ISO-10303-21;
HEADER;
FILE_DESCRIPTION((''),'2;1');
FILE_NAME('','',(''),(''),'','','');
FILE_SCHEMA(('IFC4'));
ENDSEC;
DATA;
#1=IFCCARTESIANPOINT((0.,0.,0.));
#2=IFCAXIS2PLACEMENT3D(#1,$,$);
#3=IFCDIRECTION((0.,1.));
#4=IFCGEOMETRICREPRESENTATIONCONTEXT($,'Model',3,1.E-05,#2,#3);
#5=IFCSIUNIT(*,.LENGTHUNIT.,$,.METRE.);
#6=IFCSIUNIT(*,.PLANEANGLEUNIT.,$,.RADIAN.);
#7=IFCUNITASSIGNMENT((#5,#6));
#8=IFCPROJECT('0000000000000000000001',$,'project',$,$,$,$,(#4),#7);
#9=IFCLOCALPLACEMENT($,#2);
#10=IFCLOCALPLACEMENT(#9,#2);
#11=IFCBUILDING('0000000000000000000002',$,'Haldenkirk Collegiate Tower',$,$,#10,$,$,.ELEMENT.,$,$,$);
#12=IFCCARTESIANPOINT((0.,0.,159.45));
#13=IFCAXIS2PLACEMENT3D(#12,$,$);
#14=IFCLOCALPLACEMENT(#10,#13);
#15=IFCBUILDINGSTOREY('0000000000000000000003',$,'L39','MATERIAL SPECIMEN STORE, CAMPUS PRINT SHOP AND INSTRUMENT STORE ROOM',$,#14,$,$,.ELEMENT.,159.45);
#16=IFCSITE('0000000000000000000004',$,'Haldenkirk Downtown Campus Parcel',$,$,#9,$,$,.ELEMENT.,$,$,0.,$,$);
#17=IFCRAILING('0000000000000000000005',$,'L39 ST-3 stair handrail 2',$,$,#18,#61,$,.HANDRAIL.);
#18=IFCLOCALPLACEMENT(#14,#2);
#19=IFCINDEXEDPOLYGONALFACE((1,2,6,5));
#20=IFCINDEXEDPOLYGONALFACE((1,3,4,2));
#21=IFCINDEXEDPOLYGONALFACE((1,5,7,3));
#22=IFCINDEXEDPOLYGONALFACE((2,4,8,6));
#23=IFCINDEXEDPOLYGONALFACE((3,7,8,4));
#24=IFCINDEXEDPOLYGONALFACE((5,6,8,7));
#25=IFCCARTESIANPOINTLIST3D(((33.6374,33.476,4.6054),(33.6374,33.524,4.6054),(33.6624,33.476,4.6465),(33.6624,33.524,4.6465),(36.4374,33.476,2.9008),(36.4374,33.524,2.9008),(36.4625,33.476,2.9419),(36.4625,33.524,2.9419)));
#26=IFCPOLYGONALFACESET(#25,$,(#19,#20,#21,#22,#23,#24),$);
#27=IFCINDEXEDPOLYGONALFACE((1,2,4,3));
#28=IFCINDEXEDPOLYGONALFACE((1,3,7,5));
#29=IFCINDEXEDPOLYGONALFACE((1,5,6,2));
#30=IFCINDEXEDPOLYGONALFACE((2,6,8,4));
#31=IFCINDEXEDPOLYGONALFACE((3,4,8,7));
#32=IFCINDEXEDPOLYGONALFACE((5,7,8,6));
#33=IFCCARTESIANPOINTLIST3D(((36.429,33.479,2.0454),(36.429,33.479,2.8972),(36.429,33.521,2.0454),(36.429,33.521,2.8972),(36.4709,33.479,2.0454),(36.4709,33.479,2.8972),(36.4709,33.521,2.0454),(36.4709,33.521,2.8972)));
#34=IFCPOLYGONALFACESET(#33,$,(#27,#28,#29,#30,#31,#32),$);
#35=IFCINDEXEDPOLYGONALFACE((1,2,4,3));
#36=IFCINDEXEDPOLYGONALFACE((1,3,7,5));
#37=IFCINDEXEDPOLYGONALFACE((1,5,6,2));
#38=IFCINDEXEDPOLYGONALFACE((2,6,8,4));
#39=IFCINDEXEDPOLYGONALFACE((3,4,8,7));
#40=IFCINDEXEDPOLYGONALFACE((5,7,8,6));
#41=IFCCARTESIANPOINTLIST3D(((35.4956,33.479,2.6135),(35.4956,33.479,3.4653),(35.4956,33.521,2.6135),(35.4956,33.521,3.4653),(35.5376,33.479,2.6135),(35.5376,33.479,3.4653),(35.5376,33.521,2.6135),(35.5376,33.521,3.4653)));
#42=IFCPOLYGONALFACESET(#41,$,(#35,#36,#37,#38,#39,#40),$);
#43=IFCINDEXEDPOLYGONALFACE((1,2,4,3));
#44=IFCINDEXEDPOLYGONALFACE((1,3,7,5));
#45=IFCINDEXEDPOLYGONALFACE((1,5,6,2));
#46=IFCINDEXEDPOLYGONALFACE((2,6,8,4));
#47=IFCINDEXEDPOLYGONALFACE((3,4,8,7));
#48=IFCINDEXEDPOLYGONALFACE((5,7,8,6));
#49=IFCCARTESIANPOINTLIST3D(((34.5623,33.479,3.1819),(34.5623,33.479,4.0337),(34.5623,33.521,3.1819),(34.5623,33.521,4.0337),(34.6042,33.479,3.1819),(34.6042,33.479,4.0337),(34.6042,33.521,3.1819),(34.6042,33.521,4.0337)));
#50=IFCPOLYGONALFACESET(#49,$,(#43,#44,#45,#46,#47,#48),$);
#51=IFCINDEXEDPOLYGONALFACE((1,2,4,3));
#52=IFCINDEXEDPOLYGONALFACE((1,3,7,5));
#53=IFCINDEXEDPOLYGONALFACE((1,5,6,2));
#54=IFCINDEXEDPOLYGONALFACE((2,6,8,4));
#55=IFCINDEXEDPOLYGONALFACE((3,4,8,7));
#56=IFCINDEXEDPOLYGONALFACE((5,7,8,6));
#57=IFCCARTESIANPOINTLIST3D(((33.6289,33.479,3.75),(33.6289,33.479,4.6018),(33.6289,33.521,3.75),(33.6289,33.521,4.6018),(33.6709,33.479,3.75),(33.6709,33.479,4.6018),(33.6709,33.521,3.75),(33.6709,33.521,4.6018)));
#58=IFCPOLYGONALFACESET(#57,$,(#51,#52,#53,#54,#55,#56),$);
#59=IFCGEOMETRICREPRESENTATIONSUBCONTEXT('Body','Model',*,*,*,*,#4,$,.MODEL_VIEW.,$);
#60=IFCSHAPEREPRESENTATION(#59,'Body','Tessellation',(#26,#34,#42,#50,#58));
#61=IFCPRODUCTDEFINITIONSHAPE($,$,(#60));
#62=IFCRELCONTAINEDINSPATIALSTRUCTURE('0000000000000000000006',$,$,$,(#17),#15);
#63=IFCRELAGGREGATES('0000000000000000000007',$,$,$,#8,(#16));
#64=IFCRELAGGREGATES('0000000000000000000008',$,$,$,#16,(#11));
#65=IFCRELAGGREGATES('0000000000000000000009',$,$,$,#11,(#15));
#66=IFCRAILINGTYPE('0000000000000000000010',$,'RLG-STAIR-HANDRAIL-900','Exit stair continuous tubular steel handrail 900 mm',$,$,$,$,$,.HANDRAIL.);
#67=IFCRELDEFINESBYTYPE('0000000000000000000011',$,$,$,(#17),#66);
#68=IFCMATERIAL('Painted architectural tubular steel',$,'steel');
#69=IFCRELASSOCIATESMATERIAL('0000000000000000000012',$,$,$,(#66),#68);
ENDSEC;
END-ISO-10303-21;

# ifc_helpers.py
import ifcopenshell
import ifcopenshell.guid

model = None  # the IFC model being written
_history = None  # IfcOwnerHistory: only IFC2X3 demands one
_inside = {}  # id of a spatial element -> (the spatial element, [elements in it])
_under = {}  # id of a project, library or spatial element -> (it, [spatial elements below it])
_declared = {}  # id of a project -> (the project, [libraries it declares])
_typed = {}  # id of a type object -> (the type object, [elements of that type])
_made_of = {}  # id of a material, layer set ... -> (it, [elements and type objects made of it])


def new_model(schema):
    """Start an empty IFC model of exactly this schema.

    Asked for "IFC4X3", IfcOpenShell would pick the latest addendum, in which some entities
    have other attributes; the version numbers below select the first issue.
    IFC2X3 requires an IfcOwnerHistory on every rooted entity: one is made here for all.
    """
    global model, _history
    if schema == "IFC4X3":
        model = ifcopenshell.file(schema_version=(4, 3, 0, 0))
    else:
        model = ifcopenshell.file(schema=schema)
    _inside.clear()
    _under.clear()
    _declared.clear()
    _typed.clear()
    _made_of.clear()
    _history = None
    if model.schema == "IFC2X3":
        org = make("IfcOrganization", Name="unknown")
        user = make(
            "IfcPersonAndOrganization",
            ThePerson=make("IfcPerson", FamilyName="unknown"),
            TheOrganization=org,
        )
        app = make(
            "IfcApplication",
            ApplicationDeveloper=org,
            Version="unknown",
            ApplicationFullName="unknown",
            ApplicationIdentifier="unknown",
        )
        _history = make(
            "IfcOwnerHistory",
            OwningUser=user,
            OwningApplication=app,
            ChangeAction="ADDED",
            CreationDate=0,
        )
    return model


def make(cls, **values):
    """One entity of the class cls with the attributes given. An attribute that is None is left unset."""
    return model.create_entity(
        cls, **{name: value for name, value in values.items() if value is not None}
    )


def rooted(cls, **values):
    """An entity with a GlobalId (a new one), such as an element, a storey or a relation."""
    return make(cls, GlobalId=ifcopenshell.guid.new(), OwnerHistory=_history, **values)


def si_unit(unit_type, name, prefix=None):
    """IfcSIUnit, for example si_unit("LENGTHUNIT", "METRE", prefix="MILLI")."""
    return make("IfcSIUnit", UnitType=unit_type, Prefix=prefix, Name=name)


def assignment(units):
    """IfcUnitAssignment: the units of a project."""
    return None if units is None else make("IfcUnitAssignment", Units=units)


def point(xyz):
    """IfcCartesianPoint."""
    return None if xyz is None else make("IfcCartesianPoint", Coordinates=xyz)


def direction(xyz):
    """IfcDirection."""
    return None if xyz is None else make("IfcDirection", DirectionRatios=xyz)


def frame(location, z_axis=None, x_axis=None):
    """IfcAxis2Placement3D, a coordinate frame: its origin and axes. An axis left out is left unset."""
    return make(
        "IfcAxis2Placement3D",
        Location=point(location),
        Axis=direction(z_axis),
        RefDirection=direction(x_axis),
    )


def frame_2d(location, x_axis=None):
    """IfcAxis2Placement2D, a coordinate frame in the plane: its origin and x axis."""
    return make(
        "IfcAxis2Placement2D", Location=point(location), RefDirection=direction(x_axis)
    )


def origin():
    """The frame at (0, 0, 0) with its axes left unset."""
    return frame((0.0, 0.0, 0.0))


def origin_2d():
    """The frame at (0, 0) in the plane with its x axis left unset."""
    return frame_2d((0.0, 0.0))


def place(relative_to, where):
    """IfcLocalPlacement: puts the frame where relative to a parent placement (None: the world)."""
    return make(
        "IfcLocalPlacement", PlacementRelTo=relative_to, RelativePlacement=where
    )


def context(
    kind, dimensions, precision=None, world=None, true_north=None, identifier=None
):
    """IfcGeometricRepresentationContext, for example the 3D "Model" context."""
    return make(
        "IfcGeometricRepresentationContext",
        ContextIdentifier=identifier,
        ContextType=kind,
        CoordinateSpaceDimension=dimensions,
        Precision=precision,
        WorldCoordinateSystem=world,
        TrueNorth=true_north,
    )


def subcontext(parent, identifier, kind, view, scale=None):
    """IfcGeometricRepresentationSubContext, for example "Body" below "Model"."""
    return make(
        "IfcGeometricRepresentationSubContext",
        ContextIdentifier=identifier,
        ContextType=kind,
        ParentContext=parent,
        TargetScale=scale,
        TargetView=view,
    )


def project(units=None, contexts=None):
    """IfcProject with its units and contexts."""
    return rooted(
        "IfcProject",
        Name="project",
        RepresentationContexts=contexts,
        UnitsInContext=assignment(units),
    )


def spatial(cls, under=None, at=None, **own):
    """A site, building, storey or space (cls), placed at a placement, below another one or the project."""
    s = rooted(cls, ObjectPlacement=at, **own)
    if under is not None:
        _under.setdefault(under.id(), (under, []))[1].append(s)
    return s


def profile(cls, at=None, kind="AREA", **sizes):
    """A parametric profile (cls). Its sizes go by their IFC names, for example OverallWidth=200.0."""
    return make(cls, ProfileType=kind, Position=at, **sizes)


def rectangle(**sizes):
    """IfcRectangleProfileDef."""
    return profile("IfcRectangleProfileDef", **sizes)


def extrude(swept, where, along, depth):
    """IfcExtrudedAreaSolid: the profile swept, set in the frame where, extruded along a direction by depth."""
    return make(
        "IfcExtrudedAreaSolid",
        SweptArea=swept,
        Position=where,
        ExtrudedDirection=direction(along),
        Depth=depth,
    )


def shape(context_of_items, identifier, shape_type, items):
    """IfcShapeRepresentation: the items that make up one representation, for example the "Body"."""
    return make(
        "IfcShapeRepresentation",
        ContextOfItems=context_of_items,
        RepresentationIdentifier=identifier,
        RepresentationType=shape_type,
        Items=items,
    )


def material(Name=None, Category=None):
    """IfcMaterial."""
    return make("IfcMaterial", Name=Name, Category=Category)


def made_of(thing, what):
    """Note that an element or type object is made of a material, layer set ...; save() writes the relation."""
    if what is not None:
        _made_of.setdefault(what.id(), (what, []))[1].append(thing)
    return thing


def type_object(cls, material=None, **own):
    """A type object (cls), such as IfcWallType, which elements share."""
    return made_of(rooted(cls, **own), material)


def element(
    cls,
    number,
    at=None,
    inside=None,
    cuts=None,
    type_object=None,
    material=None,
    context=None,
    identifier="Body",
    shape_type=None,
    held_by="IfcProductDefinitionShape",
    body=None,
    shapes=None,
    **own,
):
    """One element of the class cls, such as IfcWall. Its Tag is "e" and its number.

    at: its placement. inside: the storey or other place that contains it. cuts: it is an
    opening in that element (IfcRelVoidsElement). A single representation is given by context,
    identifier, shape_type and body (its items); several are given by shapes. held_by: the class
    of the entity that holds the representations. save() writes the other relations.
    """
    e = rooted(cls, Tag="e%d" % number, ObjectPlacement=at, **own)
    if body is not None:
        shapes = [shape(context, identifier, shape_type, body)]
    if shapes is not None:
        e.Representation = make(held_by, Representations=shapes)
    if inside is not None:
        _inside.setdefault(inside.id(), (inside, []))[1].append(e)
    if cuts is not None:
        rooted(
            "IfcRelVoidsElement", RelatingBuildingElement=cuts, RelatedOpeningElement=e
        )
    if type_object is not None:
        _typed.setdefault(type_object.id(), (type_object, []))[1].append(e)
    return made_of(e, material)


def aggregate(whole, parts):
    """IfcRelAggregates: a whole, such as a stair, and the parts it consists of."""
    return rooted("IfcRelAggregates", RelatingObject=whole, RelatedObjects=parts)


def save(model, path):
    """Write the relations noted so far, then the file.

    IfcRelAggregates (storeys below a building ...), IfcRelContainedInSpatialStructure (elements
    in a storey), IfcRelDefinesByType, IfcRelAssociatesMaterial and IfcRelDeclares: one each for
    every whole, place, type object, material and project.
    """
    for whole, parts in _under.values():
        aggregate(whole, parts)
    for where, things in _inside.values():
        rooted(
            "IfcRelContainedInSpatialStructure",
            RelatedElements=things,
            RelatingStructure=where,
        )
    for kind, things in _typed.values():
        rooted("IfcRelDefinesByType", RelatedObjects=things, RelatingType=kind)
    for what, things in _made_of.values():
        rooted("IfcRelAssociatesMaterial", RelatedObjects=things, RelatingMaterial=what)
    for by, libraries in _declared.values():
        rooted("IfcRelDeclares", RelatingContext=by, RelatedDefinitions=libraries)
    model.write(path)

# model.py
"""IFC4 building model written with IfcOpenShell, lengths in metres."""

from ifc_helpers import new_model, si_unit, direction, frame, origin, origin_2d, place, context, subcontext, project, spatial, rectangle, extrude, material, type_object, element, save


model = new_model("IFC4")

# Units and contexts
model_context = context("Model", 3, precision=1e-05, world=origin(), true_north=direction((0.0, 1.0)))
body_context = subcontext(model_context, "Body", "Model", "MODEL_VIEW")
ifc_project = project(units=[si_unit("LENGTHUNIT", "METRE"), si_unit("PLANEANGLEUNIT", "RADIAN")], contexts=[model_context])

# Site, building, storey
site_placement = place(None, origin())
site = spatial("IfcSite", under=ifc_project, at=site_placement, Name="Haldenkirk Downtown Campus Parcel", CompositionType="ELEMENT", RefElevation=0.0)
building_placement = place(site_placement, origin())
building = spatial("IfcBuilding", under=site, at=building_placement, Name="Haldenkirk Collegiate Tower", CompositionType="ELEMENT")
storey_placement = place(building_placement, frame((0.0, 0.0, 159.45)))
storey = spatial("IfcBuildingStorey", under=building, at=storey_placement, Name="L39", Description="MATERIAL SPECIMEN STORE, CAMPUS PRINT SHOP AND INSTRUMENT STORE ROOM", CompositionType="ELEMENT", Elevation=159.45)

# Railing
ifc_material_1 = material(Name="Painted architectural tubular steel", Category="steel")
railing_type_1 = type_object("IfcRailingType", Name="RLG-STAIR-HANDRAIL-900", Description="Exit stair continuous tubular steel handrail 900 mm", PredefinedType="HANDRAIL", material=ifc_material_1)
railing_1_placement = place(storey_placement, frame((36.45, 33.5, 2.0454)))
element("IfcRailing", 1, at=railing_1_placement, inside=storey, type_object=railing_type_1, Name="L39 ST-3 stair handrail 2", PredefinedType="HANDRAIL", context=body_context, shape_type="SweptSolid", body=[
    extrude(rectangle(XDim=0.0481, YDim=0.0481, at=origin_2d()), frame((0.0, 0.0, 0.876), z_axis=(-0.85417, 0.0, 0.519994), x_axis=(0.0, -1.0, 0.0)), (0.0, 0.0, 1.0), 3.2781),
    extrude(rectangle(XDim=0.042, YDim=0.042, at=origin_2d()), origin(), (0.0, 0.0, 1.0), 0.8518),
    extrude(rectangle(XDim=0.042, YDim=0.042, at=origin_2d()), frame((-0.9333, 0.0, 0.5681)), (0.0, 0.0, 1.0), 0.8518),
    extrude(rectangle(XDim=0.042, YDim=0.042, at=origin_2d()), frame((-1.8667, 0.0, 1.1365)), (0.0, 0.0, 1.0), 0.8518),
    extrude(rectangle(XDim=0.042, YDim=0.042, at=origin_2d()), frame((-2.8, 0.0, 1.7046)), (0.0, 0.0, 1.0), 0.8518),
])

save(model, "model.ifc")
